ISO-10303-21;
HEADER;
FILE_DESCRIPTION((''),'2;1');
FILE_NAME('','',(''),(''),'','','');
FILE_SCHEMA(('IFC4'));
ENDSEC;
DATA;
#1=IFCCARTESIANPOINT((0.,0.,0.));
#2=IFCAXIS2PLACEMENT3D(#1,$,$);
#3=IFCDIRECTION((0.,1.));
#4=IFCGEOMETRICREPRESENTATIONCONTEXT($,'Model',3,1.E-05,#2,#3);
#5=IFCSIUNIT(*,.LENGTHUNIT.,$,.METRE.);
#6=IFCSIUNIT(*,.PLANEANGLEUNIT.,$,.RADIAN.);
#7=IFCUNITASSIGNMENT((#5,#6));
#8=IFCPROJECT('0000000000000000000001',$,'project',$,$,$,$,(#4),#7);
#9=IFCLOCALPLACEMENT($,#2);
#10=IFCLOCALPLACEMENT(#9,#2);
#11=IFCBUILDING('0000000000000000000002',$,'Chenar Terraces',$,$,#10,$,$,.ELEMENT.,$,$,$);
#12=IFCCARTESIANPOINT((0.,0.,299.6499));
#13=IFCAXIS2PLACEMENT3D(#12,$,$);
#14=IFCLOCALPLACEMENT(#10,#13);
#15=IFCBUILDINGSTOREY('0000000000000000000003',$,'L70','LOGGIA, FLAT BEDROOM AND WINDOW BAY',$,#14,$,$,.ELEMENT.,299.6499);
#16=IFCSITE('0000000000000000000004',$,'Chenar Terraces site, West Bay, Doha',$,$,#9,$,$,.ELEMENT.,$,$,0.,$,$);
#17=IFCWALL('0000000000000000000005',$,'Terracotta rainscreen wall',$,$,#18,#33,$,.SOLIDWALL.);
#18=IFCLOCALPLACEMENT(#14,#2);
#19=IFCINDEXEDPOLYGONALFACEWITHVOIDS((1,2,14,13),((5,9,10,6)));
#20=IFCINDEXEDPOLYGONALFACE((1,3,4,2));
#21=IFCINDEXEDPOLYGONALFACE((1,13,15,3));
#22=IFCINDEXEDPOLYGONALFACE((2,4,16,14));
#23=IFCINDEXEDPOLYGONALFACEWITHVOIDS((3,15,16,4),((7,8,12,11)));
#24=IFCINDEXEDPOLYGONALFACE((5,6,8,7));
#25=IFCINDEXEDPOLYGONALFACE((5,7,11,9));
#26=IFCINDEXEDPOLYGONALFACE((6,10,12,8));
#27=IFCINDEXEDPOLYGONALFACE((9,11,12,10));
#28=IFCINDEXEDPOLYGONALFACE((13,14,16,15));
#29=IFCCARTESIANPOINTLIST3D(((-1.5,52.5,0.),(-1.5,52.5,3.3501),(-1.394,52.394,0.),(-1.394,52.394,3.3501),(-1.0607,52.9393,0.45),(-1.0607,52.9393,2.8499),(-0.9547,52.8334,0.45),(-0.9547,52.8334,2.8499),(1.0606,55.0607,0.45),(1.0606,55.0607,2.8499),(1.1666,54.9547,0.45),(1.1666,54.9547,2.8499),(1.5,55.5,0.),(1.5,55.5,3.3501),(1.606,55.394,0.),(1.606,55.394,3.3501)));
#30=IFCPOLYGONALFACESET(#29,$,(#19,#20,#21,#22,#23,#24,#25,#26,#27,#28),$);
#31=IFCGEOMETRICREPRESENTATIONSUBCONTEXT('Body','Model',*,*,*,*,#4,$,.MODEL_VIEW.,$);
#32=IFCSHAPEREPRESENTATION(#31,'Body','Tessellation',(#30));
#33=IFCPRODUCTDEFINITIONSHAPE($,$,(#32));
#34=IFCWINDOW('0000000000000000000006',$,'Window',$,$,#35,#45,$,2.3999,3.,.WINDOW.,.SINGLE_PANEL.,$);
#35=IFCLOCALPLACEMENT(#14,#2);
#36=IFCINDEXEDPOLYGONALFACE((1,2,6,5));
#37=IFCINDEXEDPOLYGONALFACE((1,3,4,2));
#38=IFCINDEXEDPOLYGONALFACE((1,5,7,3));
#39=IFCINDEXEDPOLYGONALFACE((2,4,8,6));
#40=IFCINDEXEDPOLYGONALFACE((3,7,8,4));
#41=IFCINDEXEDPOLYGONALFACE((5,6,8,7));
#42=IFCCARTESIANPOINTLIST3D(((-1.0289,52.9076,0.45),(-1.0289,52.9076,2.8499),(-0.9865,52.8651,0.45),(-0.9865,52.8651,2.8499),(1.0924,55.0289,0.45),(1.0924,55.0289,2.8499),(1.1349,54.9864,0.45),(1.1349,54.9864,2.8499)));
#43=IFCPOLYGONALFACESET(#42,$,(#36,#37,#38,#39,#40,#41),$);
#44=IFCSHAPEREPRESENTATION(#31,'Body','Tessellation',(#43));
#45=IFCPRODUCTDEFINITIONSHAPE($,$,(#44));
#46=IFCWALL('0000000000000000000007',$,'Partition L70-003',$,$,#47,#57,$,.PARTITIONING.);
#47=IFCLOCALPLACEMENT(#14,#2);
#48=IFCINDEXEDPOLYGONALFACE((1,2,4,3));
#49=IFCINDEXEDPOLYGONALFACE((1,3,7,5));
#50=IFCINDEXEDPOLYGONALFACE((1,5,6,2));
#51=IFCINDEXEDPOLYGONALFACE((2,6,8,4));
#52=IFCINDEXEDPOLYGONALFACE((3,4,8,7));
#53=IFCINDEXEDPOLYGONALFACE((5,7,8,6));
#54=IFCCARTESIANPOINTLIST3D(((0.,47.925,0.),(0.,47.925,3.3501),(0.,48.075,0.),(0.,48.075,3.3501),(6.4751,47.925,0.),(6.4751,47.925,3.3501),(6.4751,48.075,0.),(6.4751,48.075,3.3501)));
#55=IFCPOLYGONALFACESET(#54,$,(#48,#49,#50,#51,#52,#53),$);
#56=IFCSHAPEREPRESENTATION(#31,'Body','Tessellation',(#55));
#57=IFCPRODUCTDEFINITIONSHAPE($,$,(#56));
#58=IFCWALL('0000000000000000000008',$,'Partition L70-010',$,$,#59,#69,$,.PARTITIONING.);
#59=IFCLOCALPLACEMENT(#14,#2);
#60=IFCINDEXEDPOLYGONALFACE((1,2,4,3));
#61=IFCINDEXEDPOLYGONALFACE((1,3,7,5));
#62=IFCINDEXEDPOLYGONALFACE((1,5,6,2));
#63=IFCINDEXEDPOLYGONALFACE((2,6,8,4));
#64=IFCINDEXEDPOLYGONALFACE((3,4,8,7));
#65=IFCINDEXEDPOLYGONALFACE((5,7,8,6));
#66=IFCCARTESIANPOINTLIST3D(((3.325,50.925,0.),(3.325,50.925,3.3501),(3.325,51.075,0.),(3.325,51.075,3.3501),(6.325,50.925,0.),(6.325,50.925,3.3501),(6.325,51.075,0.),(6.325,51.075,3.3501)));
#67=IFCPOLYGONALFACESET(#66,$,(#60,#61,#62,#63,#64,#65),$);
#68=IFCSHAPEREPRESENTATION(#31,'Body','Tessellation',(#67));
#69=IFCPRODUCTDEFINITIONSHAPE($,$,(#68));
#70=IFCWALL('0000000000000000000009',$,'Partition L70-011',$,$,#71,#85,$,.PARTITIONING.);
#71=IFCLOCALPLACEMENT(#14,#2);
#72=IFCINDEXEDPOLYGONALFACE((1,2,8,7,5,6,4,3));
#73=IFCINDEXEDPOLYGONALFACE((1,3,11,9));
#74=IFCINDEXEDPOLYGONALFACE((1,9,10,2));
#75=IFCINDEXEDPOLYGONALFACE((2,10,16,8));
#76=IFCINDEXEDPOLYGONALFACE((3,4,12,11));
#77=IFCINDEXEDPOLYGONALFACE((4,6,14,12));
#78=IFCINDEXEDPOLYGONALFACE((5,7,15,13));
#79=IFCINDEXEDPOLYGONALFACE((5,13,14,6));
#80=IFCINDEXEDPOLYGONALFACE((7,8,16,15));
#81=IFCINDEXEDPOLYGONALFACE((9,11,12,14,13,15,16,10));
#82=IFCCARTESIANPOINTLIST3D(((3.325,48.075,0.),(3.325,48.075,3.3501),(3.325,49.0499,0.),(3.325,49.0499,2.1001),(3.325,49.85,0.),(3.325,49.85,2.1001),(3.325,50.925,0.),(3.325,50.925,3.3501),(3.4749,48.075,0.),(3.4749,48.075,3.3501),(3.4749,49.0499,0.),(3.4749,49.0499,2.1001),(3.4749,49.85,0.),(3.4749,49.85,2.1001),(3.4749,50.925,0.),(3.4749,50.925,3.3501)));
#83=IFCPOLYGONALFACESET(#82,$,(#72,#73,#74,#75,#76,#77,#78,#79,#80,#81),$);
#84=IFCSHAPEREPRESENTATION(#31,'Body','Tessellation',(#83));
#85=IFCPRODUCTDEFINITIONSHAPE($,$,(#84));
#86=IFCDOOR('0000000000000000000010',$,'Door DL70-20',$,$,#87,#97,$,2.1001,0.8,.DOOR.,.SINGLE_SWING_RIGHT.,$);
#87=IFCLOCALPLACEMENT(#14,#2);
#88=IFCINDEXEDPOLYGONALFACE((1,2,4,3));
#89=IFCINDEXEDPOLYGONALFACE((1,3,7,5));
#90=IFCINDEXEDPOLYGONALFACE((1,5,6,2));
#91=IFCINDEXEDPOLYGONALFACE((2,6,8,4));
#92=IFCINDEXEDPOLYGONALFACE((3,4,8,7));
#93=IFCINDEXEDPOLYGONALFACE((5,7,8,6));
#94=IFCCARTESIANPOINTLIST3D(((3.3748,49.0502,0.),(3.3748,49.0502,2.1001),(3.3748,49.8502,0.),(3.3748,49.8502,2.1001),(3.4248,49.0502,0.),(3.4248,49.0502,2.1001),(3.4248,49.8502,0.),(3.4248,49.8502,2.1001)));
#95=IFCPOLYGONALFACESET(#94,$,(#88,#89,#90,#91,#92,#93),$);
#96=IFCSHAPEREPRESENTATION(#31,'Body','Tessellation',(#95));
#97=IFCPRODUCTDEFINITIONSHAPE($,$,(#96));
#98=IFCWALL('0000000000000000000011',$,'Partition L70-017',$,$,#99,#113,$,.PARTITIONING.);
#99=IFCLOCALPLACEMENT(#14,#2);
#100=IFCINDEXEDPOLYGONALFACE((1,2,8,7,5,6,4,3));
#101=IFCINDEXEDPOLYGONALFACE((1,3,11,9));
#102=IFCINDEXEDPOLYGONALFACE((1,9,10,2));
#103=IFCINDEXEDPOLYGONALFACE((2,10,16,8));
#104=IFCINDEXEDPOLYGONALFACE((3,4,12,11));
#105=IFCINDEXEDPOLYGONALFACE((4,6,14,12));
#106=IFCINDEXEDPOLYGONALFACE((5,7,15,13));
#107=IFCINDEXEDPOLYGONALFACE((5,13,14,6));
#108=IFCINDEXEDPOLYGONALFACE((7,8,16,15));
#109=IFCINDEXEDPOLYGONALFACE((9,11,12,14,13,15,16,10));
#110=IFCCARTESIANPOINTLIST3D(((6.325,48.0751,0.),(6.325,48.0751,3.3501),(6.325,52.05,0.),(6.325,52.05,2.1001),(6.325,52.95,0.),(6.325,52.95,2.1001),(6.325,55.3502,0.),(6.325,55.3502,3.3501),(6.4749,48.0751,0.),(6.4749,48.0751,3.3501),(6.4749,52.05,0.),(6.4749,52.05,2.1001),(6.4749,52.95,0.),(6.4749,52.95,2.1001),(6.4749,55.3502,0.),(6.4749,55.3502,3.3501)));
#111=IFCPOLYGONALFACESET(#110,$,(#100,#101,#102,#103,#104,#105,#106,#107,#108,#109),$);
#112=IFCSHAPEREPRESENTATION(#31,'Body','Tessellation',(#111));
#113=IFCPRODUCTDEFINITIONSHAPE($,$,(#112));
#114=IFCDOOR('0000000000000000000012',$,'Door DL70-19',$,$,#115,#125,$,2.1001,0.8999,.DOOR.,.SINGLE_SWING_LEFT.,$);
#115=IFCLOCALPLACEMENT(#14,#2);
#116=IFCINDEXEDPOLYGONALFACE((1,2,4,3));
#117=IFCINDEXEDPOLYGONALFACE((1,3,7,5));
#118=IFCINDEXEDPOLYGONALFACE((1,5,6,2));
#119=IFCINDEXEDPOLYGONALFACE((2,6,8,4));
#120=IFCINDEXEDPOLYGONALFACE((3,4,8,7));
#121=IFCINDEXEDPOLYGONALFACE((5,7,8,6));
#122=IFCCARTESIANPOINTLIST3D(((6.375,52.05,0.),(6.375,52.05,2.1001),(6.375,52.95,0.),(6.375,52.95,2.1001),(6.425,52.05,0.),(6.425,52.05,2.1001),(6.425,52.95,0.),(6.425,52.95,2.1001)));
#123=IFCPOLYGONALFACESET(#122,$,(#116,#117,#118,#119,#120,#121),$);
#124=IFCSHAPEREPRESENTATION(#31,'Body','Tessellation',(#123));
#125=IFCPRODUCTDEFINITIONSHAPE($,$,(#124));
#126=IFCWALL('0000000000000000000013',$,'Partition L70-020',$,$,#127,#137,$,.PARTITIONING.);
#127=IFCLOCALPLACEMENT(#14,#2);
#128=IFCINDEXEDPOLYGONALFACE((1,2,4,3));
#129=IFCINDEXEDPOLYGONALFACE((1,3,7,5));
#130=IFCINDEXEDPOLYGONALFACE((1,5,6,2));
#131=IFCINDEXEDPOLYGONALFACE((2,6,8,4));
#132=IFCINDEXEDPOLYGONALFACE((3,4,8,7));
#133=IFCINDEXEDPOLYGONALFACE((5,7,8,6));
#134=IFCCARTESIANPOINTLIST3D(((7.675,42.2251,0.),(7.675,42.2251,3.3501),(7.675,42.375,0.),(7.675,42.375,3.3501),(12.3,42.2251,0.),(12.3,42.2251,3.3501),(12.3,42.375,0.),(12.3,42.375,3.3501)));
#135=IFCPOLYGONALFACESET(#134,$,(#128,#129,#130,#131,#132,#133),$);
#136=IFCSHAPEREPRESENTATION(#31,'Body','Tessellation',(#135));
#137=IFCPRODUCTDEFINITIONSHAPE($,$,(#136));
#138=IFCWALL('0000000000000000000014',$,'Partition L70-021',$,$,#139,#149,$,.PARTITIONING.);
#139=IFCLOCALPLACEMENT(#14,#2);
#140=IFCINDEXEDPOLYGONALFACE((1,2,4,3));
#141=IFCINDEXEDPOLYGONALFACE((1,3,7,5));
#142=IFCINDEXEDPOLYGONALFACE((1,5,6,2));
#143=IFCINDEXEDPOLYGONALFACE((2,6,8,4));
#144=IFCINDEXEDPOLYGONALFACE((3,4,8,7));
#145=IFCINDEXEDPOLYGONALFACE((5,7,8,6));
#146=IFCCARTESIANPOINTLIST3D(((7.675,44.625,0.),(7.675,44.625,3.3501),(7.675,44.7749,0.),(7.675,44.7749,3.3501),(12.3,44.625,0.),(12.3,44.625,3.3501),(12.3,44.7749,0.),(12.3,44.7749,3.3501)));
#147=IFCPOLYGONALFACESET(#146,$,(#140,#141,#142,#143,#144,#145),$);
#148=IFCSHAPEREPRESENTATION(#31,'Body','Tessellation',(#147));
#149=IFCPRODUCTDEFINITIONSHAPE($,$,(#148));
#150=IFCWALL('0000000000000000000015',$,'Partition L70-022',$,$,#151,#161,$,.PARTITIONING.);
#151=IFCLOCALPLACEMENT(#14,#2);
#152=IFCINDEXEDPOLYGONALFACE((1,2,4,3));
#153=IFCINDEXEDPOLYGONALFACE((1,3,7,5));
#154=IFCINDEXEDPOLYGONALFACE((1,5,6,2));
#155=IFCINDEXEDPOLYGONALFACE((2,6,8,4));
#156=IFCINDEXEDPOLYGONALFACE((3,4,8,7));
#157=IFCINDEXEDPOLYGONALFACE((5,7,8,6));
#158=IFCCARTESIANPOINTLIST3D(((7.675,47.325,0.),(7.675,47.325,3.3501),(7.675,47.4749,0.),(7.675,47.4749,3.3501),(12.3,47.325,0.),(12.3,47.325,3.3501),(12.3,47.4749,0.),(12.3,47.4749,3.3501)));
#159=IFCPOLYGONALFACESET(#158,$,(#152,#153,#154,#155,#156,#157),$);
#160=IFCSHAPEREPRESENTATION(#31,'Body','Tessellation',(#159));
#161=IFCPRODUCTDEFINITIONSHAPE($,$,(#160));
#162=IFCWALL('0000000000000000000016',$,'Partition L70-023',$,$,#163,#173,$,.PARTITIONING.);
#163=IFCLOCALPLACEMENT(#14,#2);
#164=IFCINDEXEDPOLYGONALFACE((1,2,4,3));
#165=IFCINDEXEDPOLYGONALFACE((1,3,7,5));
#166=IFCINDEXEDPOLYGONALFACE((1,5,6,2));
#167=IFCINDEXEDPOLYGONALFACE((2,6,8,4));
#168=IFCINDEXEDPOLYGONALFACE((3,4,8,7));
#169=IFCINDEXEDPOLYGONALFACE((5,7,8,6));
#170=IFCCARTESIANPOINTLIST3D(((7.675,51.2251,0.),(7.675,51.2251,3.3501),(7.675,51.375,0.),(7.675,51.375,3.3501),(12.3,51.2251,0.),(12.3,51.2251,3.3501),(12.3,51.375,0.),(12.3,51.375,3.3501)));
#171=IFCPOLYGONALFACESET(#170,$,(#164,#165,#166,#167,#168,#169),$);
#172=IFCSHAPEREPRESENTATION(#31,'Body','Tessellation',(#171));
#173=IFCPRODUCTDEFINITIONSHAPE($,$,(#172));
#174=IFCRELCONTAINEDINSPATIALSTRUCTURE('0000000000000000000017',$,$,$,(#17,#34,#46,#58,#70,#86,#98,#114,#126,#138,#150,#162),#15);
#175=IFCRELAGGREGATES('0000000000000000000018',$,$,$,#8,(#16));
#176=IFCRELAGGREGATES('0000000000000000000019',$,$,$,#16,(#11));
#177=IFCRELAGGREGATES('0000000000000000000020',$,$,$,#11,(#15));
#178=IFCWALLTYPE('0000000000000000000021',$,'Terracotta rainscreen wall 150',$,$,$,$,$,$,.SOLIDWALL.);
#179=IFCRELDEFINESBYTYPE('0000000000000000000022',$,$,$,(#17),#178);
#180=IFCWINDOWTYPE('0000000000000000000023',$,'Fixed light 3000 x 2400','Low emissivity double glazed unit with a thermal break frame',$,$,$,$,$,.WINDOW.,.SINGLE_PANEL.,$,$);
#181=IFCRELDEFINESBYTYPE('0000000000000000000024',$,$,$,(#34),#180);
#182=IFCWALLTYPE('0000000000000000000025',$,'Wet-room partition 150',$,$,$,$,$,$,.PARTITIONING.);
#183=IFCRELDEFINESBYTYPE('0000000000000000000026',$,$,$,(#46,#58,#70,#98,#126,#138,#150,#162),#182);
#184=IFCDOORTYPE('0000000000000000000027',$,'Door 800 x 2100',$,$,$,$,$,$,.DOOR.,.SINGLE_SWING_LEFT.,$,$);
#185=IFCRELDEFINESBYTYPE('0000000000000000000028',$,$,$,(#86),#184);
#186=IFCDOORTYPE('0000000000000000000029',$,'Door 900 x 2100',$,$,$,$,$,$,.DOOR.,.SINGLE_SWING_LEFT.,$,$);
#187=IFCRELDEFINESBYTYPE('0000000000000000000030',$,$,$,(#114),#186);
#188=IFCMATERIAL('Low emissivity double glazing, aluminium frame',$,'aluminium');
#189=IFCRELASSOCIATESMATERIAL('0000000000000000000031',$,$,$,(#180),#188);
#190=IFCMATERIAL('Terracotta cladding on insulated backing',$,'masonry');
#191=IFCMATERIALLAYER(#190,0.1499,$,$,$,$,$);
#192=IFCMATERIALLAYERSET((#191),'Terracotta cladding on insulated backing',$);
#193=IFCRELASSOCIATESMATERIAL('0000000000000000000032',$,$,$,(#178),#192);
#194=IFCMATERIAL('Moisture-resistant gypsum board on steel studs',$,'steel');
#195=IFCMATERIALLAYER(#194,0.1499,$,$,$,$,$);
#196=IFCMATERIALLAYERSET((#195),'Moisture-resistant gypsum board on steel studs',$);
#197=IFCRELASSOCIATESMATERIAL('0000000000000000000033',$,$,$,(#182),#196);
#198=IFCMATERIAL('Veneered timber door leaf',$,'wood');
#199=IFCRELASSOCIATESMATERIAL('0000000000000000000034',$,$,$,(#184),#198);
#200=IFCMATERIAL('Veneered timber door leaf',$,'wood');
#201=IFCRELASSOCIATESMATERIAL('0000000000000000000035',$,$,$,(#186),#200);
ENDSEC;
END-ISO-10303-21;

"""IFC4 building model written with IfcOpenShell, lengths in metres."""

from ifc_helpers import new_model, si_unit, direction, frame, frame_2d, origin, place, context, subcontext, project, spatial, rectangle, extrude, material, layer, layer_set, type_object, element, fill, save


model = new_model("IFC4")

# Units and contexts
model_context = context("Model", 3, precision=1e-05, world=origin(), true_north=direction((0.0, 1.0)))
body_context = subcontext(model_context, "Body", "Model", "MODEL_VIEW")
ifc_project = project(units=[si_unit("LENGTHUNIT", "METRE"), si_unit("PLANEANGLEUNIT", "RADIAN")], contexts=[model_context])

# Site, building, storey
site_placement = place(None, origin())
site = spatial("IfcSite", under=ifc_project, at=site_placement, Name="Chenar Terraces site, West Bay, Doha", CompositionType="ELEMENT", RefElevation=0.0)
building_placement = place(site_placement, origin())
building = spatial("IfcBuilding", under=site, at=building_placement, Name="Chenar Terraces", CompositionType="ELEMENT")
storey_placement = place(building_placement, frame((0.0, 0.0, 299.6499)))
storey = spatial("IfcBuildingStorey", under=building, at=storey_placement, Name="L70", Description="LOGGIA, FLAT BEDROOM AND WINDOW BAY", CompositionType="ELEMENT", Elevation=299.6499)

# Shared definitions
ifc_material_1 = material(Name="Low emissivity double glazing, aluminium frame", Category="aluminium")
window_type_1 = type_object("IfcWindowType", Name="Fixed light 3000 x 2400", Description="Low emissivity double glazed unit with a thermal break frame", PartitioningType="SINGLE_PANEL", PredefinedType="WINDOW", material=ifc_material_1)

# Wall, opening, window
ifc_material_2 = material(Name="Terracotta cladding on insulated backing", Category="masonry")
ifc_layer_1 = layer(ifc_material_2, 0.1499)
ifc_layer_set_1 = layer_set([ifc_layer_1], Name="Terracotta cladding on insulated backing")
wall_type_1 = type_object("IfcWallType", Name="Terracotta rainscreen wall 150", PredefinedType="SOLIDWALL", material=ifc_layer_set_1)
wall_1_placement = place(storey_placement, frame((1.553, 55.447, 0.0), z_axis=(0.0, 0.0, 1.0), x_axis=(-0.707107, -0.707107, 0.0)))
wall_1 = element("IfcWall", 1, at=wall_1_placement, inside=storey, type_object=wall_type_1, Name="Terracotta rainscreen wall", PredefinedType="SOLIDWALL", context=body_context, shape_type="SweptSolid", body=[
    extrude(rectangle(XDim=4.2427, YDim=0.1499, at=frame_2d((2.1213, 0.0))), origin(), (0.0, 0.0, 1.0), 3.3501),
])
opening_1_placement = place(wall_1_placement, frame((0.6213, 0.0, 0.45)))
opening_1 = element("IfcOpeningElement", 2, at=opening_1_placement, cuts=wall_1, PredefinedType="OPENING", context=body_context, shape_type="SweptSolid", body=[
    extrude(rectangle(XDim=3.0, YDim=2.3999, at=frame_2d((1.5, 1.2))), frame((0.0, 0.085, 0.0), z_axis=(0.0, -1.0, 0.0), x_axis=(1.0, 0.0, 0.0)), (0.0, 0.0, 1.0), 0.1699),
])
window_1_placement = place(opening_1_placement, origin())
window_1 = element("IfcWindow", 3, at=window_1_placement, inside=storey, type_object=window_type_1, Name="Window", OverallHeight=2.3999, OverallWidth=3.0, PartitioningType="SINGLE_PANEL", PredefinedType="WINDOW", context=body_context, shape_type="SweptSolid", body=[
    extrude(rectangle(XDim=3.0, YDim=2.3999, at=frame_2d((1.5, 1.2))), frame((0.0, 0.03, 0.0), z_axis=(0.0, -1.0, 0.0), x_axis=(1.0, 0.0, 0.0)), (0.0, 0.0, 1.0), 0.0601),
])
fill(opening_1, window_1)

# Walls
ifc_material_3 = material(Name="Moisture-resistant gypsum board on steel studs", Category="steel")
ifc_layer_2 = layer(ifc_material_3, 0.1499)
ifc_layer_set_2 = layer_set([ifc_layer_2], Name="Moisture-resistant gypsum board on steel studs")
wall_type_2 = type_object("IfcWallType", Name="Wet-room partition 150", PredefinedType="PARTITIONING", material=ifc_layer_set_2)
wall_2_placement = place(storey_placement, frame((0.0, 48.0, 0.0), z_axis=(0.0, 0.0, 1.0), x_axis=(1.0, 0.0, 0.0)))
element("IfcWall", 4, at=wall_2_placement, inside=storey, type_object=wall_type_2, Name="Partition L70-003", PredefinedType="PARTITIONING", context=body_context, shape_type="SweptSolid", body=[
    extrude(rectangle(XDim=6.4751, YDim=0.1499, at=frame_2d((3.2375, 0.0))), origin(), (0.0, 0.0, 1.0), 3.3501),
])
wall_3_placement = place(storey_placement, frame((3.325, 51.0, 0.0), z_axis=(0.0, 0.0, 1.0), x_axis=(1.0, 0.0, 0.0)))
element("IfcWall", 5, at=wall_3_placement, inside=storey, type_object=wall_type_2, Name="Partition L70-010", PredefinedType="PARTITIONING", context=body_context, shape_type="SweptSolid", body=[
    extrude(rectangle(XDim=3.0, YDim=0.1499, at=frame_2d((1.5, 0.0))), origin(), (0.0, 0.0, 1.0), 3.3501),
])

# Walls, openings, doors
wall_4_placement = place(storey_placement, frame((3.3999, 48.075, 0.0), z_axis=(0.0, 0.0, 1.0), x_axis=(0.0, 1.0, 0.0)))
wall_4 = element("IfcWall", 6, at=wall_4_placement, inside=storey, type_object=wall_type_2, Name="Partition L70-011", PredefinedType="PARTITIONING", context=body_context, shape_type="SweptSolid", body=[
    extrude(rectangle(XDim=2.8501, YDim=0.1499, at=frame_2d((1.425, 0.0))), origin(), (0.0, 0.0, 1.0), 3.3501),
])
opening_2_placement = place(wall_4_placement, frame((0.9751, 0.0, 0.0)))
opening_2 = element("IfcOpeningElement", 7, at=opening_2_placement, cuts=wall_4, PredefinedType="OPENING", context=body_context, shape_type="SweptSolid", body=[
    extrude(rectangle(XDim=0.8, YDim=2.1001, at=frame_2d((0.3999, 1.05))), frame((0.0, 0.085, 0.0), z_axis=(0.0, -1.0, 0.0), x_axis=(1.0, 0.0, 0.0)), (0.0, 0.0, 1.0), 0.1699),
])
ifc_material_4 = material(Name="Veneered timber door leaf", Category="wood")
door_type_1 = type_object("IfcDoorType", Name="Door 800 x 2100", OperationType="SINGLE_SWING_LEFT", PredefinedType="DOOR", material=ifc_material_4)
door_1_placement = place(opening_2_placement, frame((0.8, 0.0, 0.0), z_axis=(0.0, 0.0, 1.0), x_axis=(-1.0, 0.0, 0.0)))
door_1 = element("IfcDoor", 8, at=door_1_placement, inside=storey, type_object=door_type_1, Name="Door DL70-20", OperationType="SINGLE_SWING_RIGHT", OverallHeight=2.1001, OverallWidth=0.8, PredefinedType="DOOR", context=body_context, shape_type="SweptSolid", body=[
    extrude(rectangle(XDim=0.8, YDim=2.1001, at=frame_2d((0.3999, 1.05))), frame((0.0, 0.0249, 0.0), z_axis=(0.0, -1.0, 0.0), x_axis=(1.0, 0.0, 0.0)), (0.0, 0.0, 1.0), 0.05),
])
fill(opening_2, door_1)
wall_5_placement = place(storey_placement, frame((6.3999, 48.075, 0.0), z_axis=(0.0, 0.0, 1.0), x_axis=(0.0, 1.0, 0.0)))
wall_5 = element("IfcWall", 9, at=wall_5_placement, inside=storey, type_object=wall_type_2, Name="Partition L70-017", PredefinedType="PARTITIONING", context=body_context, shape_type="SweptSolid", body=[
    extrude(rectangle(XDim=7.2751, YDim=0.1499, at=frame_2d((3.6377, 0.0))), origin(), (0.0, 0.0, 1.0), 3.3501),
])
opening_3_placement = place(wall_5_placement, frame((3.9751, 0.0, 0.0)))
opening_3 = element("IfcOpeningElement", 10, at=opening_3_placement, cuts=wall_5, PredefinedType="OPENING", context=body_context, shape_type="SweptSolid", body=[
    extrude(rectangle(XDim=0.8999, YDim=2.1001, at=frame_2d((0.45, 1.05))), frame((0.0, 0.085, 0.0), z_axis=(0.0, -1.0, 0.0), x_axis=(1.0, 0.0, 0.0)), (0.0, 0.0, 1.0), 0.1699),
])
ifc_material_5 = material(Name="Veneered timber door leaf", Category="wood")
door_type_2 = type_object("IfcDoorType", Name="Door 900 x 2100", OperationType="SINGLE_SWING_LEFT", PredefinedType="DOOR", material=ifc_material_5)
door_2_placement = place(opening_3_placement, origin())
door_2 = element("IfcDoor", 11, at=door_2_placement, inside=storey, type_object=door_type_2, Name="Door DL70-19", OperationType="SINGLE_SWING_LEFT", OverallHeight=2.1001, OverallWidth=0.8999, PredefinedType="DOOR", context=body_context, shape_type="SweptSolid", body=[
    extrude(rectangle(XDim=0.8999, YDim=2.1001, at=frame_2d((0.45, 1.05))), frame((0.0, 0.0249, 0.0), z_axis=(0.0, -1.0, 0.0), x_axis=(1.0, 0.0, 0.0)), (0.0, 0.0, 1.0), 0.05),
])
fill(opening_3, door_2)

# Walls
for number, where, z_axis, x_axis, name in (
    (12, (7.675, 42.3, 0.0), (0.0, 0.0, 1.0), (1.0, 0.0, 0.0), "Partition L70-020"),
    (13, (7.675, 44.7, 0.0), (0.0, 0.0, 1.0), (1.0, 0.0, 0.0), "Partition L70-021"),
    (14, (7.675, 47.3999, 0.0), (0.0, 0.0, 1.0), (1.0, 0.0, 0.0), "Partition L70-022"),
    (15, (7.675, 51.3, 0.0), (0.0, 0.0, 1.0), (1.0, 0.0, 0.0), "Partition L70-023"),
):
    element("IfcWall", number, at=place(storey_placement, frame(where, z_axis=z_axis, x_axis=x_axis)), inside=storey, type_object=wall_type_2, Name=name, PredefinedType="PARTITIONING", context=body_context, shape_type="SweptSolid", body=[
        extrude(rectangle(XDim=4.625, YDim=0.1499, at=frame_2d((2.3125, 0.0))), origin(), (0.0, 0.0, 1.0), 3.3501),
    ])

save(model, "model.ifc")
